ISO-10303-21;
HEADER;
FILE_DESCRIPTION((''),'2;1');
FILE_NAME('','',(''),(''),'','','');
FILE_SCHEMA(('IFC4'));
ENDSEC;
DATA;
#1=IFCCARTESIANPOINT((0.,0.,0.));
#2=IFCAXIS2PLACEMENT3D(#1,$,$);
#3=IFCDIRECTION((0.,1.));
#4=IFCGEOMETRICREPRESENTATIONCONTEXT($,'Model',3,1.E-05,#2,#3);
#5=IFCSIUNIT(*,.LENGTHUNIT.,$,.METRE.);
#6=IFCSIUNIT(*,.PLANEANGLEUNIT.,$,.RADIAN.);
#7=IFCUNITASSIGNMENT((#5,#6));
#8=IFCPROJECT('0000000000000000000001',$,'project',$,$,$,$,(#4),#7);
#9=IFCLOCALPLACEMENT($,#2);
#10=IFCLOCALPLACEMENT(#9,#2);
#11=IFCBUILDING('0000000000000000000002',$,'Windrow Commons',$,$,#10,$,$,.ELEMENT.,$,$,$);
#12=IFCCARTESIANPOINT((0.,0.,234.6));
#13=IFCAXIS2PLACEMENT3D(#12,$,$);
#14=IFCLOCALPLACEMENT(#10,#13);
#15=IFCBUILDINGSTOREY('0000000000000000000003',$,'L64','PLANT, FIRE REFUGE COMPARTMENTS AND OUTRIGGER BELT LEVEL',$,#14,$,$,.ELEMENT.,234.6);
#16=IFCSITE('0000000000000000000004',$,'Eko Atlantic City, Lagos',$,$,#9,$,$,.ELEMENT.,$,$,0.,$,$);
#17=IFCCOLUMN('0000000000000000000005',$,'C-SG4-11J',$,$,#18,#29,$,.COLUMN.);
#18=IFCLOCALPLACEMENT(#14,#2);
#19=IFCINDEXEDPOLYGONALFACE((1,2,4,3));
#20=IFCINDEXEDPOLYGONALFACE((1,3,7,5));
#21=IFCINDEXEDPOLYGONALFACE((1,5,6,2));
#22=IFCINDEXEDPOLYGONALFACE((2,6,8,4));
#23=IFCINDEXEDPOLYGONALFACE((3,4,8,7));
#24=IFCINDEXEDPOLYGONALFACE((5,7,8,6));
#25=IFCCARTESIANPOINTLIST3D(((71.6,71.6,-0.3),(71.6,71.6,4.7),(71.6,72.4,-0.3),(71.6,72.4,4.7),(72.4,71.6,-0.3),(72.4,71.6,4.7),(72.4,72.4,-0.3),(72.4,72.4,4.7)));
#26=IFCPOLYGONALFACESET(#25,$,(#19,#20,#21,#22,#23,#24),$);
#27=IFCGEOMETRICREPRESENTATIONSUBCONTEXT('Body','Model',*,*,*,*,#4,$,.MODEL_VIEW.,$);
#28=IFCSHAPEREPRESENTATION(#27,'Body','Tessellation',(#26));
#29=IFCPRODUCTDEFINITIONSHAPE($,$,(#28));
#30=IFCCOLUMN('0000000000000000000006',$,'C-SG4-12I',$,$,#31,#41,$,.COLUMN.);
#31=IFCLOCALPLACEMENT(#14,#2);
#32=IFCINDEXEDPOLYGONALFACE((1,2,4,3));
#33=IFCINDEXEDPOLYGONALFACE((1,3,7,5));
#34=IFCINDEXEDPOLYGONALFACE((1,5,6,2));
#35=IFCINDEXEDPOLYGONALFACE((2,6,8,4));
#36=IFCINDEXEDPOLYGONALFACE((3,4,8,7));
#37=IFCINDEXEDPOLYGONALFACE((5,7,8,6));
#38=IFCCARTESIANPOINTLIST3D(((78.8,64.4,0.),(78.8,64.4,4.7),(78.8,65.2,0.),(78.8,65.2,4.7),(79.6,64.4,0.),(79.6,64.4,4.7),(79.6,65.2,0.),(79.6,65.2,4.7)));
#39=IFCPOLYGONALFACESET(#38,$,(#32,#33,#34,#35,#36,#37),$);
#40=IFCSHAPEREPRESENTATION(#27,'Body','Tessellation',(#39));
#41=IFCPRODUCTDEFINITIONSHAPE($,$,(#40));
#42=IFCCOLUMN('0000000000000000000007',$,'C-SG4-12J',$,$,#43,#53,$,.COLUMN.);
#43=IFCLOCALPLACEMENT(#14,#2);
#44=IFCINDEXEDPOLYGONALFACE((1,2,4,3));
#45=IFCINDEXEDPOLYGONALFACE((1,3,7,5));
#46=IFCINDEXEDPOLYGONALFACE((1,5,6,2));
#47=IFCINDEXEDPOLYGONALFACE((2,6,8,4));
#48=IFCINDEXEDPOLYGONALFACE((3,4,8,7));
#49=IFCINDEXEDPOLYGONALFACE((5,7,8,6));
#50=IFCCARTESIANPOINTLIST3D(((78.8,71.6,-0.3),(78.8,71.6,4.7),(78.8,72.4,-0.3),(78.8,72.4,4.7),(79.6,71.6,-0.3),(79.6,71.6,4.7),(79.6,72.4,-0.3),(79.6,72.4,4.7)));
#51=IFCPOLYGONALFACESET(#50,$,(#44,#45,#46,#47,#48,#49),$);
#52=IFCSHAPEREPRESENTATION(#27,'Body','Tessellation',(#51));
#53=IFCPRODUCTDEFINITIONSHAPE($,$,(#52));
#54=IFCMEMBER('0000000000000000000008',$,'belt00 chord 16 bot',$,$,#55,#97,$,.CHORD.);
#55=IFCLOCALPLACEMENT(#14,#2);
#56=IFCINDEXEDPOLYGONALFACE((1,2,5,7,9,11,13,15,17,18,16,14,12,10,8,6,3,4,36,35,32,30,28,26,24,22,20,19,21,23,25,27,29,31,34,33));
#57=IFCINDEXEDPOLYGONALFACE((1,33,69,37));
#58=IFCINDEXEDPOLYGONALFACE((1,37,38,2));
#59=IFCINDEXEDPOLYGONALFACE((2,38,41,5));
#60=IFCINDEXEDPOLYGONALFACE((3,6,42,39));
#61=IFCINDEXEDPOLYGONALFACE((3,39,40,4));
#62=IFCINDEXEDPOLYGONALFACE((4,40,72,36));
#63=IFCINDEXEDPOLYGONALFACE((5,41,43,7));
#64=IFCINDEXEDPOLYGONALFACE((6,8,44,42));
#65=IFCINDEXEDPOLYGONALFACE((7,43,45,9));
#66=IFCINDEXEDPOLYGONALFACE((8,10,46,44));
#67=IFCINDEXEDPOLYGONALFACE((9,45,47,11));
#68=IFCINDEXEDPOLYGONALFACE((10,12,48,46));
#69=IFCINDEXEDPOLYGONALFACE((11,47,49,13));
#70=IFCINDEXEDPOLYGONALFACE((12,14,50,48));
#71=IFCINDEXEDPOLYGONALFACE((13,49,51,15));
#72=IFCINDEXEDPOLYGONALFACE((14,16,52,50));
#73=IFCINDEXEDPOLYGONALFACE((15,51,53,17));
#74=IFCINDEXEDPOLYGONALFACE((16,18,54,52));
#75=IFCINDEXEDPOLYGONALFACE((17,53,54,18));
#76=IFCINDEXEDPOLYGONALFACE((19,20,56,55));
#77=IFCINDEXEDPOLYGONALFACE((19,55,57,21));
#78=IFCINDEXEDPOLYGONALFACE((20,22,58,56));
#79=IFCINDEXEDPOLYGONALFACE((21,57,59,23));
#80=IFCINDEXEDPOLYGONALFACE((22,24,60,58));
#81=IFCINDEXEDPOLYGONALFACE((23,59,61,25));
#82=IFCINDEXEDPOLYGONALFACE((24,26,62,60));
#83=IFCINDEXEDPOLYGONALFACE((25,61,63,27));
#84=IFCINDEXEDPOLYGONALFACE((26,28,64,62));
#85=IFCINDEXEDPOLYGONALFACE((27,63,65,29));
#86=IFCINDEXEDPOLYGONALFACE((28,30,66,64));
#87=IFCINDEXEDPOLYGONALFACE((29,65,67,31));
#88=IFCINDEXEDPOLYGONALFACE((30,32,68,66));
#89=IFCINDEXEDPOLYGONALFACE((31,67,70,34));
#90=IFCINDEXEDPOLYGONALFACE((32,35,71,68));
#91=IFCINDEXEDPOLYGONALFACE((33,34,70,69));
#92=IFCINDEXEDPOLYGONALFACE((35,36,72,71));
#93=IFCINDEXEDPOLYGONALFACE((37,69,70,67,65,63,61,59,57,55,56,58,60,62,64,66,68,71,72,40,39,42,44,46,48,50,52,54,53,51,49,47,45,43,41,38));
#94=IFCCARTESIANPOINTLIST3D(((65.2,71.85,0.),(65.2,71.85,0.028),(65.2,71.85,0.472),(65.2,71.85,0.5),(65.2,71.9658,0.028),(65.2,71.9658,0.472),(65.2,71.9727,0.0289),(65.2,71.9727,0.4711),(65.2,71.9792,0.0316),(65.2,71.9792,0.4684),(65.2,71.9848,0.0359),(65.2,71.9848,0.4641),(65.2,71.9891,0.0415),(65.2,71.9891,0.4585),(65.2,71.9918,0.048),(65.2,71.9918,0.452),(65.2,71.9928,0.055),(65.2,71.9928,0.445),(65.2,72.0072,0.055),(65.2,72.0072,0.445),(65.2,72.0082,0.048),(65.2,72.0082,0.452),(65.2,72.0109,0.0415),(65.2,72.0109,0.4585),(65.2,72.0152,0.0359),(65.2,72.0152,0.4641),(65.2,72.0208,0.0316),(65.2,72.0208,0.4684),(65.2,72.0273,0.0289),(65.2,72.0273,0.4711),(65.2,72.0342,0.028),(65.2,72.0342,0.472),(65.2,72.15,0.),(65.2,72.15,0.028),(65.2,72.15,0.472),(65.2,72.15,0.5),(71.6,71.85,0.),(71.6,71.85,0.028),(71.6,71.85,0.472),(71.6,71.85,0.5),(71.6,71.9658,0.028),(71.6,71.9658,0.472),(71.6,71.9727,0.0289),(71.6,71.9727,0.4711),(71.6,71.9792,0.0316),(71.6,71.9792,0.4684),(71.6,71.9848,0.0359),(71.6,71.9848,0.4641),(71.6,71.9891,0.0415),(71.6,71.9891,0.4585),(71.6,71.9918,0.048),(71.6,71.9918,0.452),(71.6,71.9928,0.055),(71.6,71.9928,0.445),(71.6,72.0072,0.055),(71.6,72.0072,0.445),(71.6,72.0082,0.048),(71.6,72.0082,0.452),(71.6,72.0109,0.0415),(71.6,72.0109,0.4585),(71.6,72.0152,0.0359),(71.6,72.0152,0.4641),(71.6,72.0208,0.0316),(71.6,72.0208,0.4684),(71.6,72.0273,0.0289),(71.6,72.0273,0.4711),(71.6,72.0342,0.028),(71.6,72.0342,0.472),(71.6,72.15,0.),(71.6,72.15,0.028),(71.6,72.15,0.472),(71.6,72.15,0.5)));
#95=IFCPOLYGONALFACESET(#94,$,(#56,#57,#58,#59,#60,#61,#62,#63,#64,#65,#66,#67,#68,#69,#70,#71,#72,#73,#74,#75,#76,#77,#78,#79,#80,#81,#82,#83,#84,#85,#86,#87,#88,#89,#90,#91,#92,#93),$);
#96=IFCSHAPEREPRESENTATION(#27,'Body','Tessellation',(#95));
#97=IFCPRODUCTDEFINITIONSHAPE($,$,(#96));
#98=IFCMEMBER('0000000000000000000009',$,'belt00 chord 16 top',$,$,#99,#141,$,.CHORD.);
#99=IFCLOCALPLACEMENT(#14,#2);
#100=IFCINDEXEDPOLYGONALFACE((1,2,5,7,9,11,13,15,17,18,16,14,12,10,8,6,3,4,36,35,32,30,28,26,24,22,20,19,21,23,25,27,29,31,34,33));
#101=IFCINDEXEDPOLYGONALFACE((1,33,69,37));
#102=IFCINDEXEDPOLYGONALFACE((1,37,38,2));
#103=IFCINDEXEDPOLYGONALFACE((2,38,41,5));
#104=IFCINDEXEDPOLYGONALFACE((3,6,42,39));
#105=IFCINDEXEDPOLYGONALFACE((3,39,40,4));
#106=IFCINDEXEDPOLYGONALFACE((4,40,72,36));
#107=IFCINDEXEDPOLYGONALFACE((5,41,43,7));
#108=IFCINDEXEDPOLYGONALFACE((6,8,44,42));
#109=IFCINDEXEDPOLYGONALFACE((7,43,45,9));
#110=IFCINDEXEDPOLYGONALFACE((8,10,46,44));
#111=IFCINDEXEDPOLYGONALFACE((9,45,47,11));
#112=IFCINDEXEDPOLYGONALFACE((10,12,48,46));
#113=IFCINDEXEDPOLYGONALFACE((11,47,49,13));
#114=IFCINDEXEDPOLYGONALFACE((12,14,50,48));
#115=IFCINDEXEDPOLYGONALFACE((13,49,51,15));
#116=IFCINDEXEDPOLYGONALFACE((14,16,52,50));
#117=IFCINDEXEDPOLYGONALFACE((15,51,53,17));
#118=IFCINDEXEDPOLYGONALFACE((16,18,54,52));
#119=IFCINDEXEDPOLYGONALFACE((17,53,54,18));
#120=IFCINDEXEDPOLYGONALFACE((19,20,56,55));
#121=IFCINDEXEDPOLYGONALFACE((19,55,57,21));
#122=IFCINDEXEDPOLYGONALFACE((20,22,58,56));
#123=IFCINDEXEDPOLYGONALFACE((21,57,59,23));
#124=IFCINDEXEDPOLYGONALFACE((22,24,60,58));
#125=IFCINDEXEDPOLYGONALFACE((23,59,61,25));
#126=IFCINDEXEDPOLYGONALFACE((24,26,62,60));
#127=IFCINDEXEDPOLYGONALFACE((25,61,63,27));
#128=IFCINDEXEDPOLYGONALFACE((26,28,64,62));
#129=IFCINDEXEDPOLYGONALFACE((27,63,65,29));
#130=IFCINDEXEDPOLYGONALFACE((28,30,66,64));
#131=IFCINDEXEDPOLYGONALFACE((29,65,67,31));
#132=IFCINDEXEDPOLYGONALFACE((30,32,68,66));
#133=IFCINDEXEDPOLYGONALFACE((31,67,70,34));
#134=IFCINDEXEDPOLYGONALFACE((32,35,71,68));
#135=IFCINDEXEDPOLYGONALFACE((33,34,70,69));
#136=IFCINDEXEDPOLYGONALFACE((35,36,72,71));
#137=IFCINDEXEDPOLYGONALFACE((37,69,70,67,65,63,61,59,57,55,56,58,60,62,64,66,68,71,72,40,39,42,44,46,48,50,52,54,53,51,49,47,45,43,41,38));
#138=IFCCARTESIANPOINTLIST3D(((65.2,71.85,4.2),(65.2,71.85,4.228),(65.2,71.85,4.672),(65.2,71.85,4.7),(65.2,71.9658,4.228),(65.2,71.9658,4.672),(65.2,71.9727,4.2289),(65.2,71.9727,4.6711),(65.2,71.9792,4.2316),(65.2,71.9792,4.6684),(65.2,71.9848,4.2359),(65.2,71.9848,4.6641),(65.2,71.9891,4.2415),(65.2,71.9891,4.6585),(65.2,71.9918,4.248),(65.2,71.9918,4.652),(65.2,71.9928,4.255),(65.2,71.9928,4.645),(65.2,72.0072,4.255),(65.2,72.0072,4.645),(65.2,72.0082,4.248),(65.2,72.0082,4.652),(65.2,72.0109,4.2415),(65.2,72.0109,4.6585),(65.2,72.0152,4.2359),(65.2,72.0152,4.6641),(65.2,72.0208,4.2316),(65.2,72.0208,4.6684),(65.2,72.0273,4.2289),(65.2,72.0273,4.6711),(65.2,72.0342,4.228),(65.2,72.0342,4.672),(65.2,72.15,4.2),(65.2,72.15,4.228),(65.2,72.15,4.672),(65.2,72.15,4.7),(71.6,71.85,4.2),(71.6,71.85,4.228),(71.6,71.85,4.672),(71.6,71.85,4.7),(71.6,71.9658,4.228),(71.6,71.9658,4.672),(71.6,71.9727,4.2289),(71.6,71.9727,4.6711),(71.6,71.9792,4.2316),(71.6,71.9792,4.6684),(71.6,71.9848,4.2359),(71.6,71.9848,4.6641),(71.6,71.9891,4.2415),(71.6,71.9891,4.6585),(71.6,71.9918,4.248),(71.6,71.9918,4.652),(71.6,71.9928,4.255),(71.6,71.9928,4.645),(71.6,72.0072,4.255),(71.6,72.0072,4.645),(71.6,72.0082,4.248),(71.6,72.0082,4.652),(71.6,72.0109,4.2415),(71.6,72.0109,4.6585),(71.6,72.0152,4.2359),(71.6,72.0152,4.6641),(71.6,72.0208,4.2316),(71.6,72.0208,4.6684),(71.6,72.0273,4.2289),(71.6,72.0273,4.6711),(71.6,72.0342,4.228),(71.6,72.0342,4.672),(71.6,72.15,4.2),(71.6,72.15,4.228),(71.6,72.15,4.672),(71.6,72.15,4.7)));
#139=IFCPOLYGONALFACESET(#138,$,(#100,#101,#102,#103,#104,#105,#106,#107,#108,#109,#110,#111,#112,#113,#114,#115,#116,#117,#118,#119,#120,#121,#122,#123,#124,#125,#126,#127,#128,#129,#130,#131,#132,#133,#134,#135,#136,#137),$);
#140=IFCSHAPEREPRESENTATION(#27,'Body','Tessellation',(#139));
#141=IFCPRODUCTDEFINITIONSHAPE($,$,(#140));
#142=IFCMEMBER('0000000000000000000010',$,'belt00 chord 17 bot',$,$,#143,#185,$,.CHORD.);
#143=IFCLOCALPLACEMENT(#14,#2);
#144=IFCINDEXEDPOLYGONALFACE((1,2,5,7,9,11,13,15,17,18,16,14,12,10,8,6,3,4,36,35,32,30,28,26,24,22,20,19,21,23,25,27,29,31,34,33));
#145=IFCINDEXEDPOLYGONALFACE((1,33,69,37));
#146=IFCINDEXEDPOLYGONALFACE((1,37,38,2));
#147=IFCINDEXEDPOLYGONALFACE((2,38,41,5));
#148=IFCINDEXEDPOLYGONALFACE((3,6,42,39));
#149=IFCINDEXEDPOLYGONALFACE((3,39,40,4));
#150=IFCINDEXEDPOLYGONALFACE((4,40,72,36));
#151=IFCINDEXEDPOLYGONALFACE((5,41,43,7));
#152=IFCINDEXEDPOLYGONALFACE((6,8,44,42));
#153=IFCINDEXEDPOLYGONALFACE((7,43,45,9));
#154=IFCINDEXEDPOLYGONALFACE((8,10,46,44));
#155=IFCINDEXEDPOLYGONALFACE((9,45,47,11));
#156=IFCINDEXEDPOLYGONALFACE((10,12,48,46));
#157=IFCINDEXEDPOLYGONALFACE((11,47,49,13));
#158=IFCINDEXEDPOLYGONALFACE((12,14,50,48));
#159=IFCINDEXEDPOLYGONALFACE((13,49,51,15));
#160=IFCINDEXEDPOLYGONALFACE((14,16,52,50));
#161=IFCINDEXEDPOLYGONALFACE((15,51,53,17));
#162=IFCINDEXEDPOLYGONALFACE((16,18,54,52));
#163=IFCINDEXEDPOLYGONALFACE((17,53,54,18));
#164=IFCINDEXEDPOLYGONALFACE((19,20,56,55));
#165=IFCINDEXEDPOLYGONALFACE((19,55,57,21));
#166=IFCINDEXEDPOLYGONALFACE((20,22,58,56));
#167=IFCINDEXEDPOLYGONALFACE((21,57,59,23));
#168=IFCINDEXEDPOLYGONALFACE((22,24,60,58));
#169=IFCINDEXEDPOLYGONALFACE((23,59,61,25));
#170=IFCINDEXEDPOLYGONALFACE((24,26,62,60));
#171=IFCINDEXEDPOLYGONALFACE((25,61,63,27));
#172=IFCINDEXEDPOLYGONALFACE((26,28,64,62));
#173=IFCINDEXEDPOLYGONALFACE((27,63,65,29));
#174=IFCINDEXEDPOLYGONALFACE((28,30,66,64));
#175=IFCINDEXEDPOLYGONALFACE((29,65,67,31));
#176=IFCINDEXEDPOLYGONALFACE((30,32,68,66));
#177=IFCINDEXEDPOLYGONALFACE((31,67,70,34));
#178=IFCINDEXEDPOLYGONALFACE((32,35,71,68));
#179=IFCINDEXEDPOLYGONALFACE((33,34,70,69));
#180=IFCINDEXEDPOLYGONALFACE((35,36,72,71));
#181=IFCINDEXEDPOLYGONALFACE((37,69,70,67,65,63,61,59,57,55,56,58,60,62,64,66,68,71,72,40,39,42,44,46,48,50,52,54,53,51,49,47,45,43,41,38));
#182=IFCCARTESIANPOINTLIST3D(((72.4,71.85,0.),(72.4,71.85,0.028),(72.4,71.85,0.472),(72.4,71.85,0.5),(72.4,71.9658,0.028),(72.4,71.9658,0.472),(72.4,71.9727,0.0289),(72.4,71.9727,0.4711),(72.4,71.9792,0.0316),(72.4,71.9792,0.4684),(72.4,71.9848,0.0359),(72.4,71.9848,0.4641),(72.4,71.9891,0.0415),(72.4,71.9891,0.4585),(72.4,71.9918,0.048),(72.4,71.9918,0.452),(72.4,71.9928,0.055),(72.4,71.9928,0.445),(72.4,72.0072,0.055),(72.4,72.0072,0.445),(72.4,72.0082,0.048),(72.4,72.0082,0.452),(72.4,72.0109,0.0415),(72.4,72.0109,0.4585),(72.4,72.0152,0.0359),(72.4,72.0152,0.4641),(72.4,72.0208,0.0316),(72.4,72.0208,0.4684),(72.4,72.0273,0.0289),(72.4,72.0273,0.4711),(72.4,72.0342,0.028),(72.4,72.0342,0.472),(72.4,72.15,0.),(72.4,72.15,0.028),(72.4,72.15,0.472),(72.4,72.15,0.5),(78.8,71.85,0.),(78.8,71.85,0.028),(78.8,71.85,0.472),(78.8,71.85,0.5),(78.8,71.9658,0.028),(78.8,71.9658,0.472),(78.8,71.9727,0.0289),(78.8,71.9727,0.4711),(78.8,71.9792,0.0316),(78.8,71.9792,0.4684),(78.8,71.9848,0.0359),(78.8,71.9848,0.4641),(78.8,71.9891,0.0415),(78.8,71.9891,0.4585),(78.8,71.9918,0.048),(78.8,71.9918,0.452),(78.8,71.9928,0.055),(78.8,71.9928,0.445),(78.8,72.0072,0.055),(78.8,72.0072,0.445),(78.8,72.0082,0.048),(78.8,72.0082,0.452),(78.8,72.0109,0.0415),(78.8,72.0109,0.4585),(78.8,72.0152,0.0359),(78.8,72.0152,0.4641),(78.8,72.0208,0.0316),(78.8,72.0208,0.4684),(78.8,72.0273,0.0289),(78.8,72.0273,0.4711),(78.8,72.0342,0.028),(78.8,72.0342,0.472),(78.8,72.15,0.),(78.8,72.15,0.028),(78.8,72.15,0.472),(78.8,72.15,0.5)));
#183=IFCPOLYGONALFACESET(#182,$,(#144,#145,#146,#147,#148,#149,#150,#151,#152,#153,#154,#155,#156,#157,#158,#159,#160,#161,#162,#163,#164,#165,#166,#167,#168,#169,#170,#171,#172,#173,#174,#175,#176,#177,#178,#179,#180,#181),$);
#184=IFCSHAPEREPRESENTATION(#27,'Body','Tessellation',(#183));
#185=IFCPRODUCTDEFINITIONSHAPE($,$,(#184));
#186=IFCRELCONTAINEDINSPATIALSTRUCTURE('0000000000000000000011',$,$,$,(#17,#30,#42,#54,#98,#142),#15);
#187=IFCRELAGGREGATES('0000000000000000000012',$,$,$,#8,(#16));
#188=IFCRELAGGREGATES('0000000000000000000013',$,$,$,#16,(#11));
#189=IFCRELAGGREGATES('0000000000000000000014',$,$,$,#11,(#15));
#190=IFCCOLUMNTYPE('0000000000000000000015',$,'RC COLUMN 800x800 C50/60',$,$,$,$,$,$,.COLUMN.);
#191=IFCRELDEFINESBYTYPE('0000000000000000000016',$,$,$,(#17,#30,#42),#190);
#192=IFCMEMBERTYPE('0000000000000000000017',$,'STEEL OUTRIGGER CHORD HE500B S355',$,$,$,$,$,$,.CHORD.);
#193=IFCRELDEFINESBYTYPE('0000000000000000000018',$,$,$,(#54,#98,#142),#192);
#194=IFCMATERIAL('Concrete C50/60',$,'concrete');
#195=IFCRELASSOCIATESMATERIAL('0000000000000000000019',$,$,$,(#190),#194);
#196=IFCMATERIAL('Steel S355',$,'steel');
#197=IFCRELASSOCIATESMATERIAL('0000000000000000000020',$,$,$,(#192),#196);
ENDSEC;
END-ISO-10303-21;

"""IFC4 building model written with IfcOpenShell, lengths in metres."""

from ifc_helpers import new_model, si_unit, direction, frame, origin, origin_2d, place, context, subcontext, project, spatial, rectangle, i_section, extrude, material, material_profile, profile_set, type_object, element, save


model = new_model("IFC4")

# Units and contexts
model_context = context("Model", 3, precision=1e-05, world=origin(), true_north=direction((0.0, 1.0)))
body_context = subcontext(model_context, "Body", "Model", "MODEL_VIEW")
ifc_project = project(units=[si_unit("LENGTHUNIT", "METRE"), si_unit("PLANEANGLEUNIT", "RADIAN")], contexts=[model_context])

# Site, building, storey
site_placement = place(None, origin())
site = spatial("IfcSite", under=ifc_project, at=site_placement, Name="Eko Atlantic City, Lagos", CompositionType="ELEMENT", RefElevation=0.0)
building_placement = place(site_placement, origin())
building = spatial("IfcBuilding", under=site, at=building_placement, Name="Windrow Commons", CompositionType="ELEMENT")
storey_placement = place(building_placement, frame((0.0, 0.0, 234.6)))
storey = spatial("IfcBuildingStorey", under=building, at=storey_placement, Name="L64", Description="PLANT, FIRE REFUGE COMPARTMENTS AND OUTRIGGER BELT LEVEL", CompositionType="ELEMENT", Elevation=234.6)

# Columns
ifc_material_1 = material(Name="Concrete C50/60", Category="concrete")
ifc_material_profile_1 = material_profile(ifc_material_1, rectangle(XDim=0.8, YDim=0.8, at=origin_2d()))
ifc_profile_set_1 = profile_set([ifc_material_profile_1], Name="Concrete C50/60")
column_type = type_object("IfcColumnType", Name="RC COLUMN 800x800 C50/60", PredefinedType="COLUMN", material=ifc_profile_set_1)
column_1_placement = place(storey_placement, frame((72.0, 72.0, -0.3), z_axis=(0.0, 0.0, 1.0), x_axis=(1.0, 0.0, 0.0)))
element("IfcColumn", 1, at=column_1_placement, inside=storey, type_object=column_type, Name="C-SG4-11J", PredefinedType="COLUMN", context=body_context, shape_type="SweptSolid", body=[
    extrude(rectangle(XDim=0.8, YDim=0.8, at=origin_2d()), origin(), (0.0, 0.0, 1.0), 5.0),
])
column_2_placement = place(storey_placement, frame((79.2, 64.8, 0.0), z_axis=(0.0, 0.0, 1.0), x_axis=(1.0, 0.0, 0.0)))
element("IfcColumn", 2, at=column_2_placement, inside=storey, type_object=column_type, Name="C-SG4-12I", PredefinedType="COLUMN", context=body_context, shape_type="SweptSolid", body=[
    extrude(rectangle(XDim=0.8, YDim=0.8, at=origin_2d()), origin(), (0.0, 0.0, 1.0), 4.7),
])
column_3_placement = place(storey_placement, frame((79.2, 72.0, -0.3), z_axis=(0.0, 0.0, 1.0), x_axis=(1.0, 0.0, 0.0)))
element("IfcColumn", 3, at=column_3_placement, inside=storey, type_object=column_type, Name="C-SG4-12J", PredefinedType="COLUMN", context=body_context, shape_type="SweptSolid", body=[
    extrude(rectangle(XDim=0.8, YDim=0.8, at=origin_2d()), origin(), (0.0, 0.0, 1.0), 5.0),
])

# Members
ifc_material_2 = material(Name="Steel S355", Category="steel")
ifc_material_profile_2 = material_profile(ifc_material_2, i_section(OverallWidth=0.3, OverallDepth=0.5, WebThickness=0.0145, FlangeThickness=0.028, FilletRadius=0.027, at=origin_2d()))
ifc_profile_set_2 = profile_set([ifc_material_profile_2], Name="Steel S355")
member_type_1 = type_object("IfcMemberType", Name="STEEL OUTRIGGER CHORD HE500B S355", PredefinedType="CHORD", material=ifc_profile_set_2)
for number, where, z_axis, x_axis, name in (
    (4, (65.2, 72.0, 0.25), (1.0, 0.0, 0.0), (0.0, 1.0, 0.0), "belt00 chord 16 bot"),
    (5, (65.2, 72.0, 4.45), (1.0, 0.0, 0.0), (0.0, 1.0, 0.0), "belt00 chord 16 top"),
    (6, (72.4, 72.0, 0.25), (1.0, 0.0, 0.0), (0.0, 1.0, 0.0), "belt00 chord 17 bot"),
):
    element("IfcMember", number, at=place(storey_placement, frame(where, z_axis=z_axis, x_axis=x_axis)), inside=storey, type_object=member_type_1, Name=name, PredefinedType="CHORD", context=body_context, shape_type="SweptSolid", body=[
        extrude(i_section(OverallWidth=0.3, OverallDepth=0.5, WebThickness=0.0145, FlangeThickness=0.028, FilletRadius=0.027, at=origin_2d()), origin(), (0.0, 0.0, 1.0), 6.4),
    ])

save(model, "model.ifc")
